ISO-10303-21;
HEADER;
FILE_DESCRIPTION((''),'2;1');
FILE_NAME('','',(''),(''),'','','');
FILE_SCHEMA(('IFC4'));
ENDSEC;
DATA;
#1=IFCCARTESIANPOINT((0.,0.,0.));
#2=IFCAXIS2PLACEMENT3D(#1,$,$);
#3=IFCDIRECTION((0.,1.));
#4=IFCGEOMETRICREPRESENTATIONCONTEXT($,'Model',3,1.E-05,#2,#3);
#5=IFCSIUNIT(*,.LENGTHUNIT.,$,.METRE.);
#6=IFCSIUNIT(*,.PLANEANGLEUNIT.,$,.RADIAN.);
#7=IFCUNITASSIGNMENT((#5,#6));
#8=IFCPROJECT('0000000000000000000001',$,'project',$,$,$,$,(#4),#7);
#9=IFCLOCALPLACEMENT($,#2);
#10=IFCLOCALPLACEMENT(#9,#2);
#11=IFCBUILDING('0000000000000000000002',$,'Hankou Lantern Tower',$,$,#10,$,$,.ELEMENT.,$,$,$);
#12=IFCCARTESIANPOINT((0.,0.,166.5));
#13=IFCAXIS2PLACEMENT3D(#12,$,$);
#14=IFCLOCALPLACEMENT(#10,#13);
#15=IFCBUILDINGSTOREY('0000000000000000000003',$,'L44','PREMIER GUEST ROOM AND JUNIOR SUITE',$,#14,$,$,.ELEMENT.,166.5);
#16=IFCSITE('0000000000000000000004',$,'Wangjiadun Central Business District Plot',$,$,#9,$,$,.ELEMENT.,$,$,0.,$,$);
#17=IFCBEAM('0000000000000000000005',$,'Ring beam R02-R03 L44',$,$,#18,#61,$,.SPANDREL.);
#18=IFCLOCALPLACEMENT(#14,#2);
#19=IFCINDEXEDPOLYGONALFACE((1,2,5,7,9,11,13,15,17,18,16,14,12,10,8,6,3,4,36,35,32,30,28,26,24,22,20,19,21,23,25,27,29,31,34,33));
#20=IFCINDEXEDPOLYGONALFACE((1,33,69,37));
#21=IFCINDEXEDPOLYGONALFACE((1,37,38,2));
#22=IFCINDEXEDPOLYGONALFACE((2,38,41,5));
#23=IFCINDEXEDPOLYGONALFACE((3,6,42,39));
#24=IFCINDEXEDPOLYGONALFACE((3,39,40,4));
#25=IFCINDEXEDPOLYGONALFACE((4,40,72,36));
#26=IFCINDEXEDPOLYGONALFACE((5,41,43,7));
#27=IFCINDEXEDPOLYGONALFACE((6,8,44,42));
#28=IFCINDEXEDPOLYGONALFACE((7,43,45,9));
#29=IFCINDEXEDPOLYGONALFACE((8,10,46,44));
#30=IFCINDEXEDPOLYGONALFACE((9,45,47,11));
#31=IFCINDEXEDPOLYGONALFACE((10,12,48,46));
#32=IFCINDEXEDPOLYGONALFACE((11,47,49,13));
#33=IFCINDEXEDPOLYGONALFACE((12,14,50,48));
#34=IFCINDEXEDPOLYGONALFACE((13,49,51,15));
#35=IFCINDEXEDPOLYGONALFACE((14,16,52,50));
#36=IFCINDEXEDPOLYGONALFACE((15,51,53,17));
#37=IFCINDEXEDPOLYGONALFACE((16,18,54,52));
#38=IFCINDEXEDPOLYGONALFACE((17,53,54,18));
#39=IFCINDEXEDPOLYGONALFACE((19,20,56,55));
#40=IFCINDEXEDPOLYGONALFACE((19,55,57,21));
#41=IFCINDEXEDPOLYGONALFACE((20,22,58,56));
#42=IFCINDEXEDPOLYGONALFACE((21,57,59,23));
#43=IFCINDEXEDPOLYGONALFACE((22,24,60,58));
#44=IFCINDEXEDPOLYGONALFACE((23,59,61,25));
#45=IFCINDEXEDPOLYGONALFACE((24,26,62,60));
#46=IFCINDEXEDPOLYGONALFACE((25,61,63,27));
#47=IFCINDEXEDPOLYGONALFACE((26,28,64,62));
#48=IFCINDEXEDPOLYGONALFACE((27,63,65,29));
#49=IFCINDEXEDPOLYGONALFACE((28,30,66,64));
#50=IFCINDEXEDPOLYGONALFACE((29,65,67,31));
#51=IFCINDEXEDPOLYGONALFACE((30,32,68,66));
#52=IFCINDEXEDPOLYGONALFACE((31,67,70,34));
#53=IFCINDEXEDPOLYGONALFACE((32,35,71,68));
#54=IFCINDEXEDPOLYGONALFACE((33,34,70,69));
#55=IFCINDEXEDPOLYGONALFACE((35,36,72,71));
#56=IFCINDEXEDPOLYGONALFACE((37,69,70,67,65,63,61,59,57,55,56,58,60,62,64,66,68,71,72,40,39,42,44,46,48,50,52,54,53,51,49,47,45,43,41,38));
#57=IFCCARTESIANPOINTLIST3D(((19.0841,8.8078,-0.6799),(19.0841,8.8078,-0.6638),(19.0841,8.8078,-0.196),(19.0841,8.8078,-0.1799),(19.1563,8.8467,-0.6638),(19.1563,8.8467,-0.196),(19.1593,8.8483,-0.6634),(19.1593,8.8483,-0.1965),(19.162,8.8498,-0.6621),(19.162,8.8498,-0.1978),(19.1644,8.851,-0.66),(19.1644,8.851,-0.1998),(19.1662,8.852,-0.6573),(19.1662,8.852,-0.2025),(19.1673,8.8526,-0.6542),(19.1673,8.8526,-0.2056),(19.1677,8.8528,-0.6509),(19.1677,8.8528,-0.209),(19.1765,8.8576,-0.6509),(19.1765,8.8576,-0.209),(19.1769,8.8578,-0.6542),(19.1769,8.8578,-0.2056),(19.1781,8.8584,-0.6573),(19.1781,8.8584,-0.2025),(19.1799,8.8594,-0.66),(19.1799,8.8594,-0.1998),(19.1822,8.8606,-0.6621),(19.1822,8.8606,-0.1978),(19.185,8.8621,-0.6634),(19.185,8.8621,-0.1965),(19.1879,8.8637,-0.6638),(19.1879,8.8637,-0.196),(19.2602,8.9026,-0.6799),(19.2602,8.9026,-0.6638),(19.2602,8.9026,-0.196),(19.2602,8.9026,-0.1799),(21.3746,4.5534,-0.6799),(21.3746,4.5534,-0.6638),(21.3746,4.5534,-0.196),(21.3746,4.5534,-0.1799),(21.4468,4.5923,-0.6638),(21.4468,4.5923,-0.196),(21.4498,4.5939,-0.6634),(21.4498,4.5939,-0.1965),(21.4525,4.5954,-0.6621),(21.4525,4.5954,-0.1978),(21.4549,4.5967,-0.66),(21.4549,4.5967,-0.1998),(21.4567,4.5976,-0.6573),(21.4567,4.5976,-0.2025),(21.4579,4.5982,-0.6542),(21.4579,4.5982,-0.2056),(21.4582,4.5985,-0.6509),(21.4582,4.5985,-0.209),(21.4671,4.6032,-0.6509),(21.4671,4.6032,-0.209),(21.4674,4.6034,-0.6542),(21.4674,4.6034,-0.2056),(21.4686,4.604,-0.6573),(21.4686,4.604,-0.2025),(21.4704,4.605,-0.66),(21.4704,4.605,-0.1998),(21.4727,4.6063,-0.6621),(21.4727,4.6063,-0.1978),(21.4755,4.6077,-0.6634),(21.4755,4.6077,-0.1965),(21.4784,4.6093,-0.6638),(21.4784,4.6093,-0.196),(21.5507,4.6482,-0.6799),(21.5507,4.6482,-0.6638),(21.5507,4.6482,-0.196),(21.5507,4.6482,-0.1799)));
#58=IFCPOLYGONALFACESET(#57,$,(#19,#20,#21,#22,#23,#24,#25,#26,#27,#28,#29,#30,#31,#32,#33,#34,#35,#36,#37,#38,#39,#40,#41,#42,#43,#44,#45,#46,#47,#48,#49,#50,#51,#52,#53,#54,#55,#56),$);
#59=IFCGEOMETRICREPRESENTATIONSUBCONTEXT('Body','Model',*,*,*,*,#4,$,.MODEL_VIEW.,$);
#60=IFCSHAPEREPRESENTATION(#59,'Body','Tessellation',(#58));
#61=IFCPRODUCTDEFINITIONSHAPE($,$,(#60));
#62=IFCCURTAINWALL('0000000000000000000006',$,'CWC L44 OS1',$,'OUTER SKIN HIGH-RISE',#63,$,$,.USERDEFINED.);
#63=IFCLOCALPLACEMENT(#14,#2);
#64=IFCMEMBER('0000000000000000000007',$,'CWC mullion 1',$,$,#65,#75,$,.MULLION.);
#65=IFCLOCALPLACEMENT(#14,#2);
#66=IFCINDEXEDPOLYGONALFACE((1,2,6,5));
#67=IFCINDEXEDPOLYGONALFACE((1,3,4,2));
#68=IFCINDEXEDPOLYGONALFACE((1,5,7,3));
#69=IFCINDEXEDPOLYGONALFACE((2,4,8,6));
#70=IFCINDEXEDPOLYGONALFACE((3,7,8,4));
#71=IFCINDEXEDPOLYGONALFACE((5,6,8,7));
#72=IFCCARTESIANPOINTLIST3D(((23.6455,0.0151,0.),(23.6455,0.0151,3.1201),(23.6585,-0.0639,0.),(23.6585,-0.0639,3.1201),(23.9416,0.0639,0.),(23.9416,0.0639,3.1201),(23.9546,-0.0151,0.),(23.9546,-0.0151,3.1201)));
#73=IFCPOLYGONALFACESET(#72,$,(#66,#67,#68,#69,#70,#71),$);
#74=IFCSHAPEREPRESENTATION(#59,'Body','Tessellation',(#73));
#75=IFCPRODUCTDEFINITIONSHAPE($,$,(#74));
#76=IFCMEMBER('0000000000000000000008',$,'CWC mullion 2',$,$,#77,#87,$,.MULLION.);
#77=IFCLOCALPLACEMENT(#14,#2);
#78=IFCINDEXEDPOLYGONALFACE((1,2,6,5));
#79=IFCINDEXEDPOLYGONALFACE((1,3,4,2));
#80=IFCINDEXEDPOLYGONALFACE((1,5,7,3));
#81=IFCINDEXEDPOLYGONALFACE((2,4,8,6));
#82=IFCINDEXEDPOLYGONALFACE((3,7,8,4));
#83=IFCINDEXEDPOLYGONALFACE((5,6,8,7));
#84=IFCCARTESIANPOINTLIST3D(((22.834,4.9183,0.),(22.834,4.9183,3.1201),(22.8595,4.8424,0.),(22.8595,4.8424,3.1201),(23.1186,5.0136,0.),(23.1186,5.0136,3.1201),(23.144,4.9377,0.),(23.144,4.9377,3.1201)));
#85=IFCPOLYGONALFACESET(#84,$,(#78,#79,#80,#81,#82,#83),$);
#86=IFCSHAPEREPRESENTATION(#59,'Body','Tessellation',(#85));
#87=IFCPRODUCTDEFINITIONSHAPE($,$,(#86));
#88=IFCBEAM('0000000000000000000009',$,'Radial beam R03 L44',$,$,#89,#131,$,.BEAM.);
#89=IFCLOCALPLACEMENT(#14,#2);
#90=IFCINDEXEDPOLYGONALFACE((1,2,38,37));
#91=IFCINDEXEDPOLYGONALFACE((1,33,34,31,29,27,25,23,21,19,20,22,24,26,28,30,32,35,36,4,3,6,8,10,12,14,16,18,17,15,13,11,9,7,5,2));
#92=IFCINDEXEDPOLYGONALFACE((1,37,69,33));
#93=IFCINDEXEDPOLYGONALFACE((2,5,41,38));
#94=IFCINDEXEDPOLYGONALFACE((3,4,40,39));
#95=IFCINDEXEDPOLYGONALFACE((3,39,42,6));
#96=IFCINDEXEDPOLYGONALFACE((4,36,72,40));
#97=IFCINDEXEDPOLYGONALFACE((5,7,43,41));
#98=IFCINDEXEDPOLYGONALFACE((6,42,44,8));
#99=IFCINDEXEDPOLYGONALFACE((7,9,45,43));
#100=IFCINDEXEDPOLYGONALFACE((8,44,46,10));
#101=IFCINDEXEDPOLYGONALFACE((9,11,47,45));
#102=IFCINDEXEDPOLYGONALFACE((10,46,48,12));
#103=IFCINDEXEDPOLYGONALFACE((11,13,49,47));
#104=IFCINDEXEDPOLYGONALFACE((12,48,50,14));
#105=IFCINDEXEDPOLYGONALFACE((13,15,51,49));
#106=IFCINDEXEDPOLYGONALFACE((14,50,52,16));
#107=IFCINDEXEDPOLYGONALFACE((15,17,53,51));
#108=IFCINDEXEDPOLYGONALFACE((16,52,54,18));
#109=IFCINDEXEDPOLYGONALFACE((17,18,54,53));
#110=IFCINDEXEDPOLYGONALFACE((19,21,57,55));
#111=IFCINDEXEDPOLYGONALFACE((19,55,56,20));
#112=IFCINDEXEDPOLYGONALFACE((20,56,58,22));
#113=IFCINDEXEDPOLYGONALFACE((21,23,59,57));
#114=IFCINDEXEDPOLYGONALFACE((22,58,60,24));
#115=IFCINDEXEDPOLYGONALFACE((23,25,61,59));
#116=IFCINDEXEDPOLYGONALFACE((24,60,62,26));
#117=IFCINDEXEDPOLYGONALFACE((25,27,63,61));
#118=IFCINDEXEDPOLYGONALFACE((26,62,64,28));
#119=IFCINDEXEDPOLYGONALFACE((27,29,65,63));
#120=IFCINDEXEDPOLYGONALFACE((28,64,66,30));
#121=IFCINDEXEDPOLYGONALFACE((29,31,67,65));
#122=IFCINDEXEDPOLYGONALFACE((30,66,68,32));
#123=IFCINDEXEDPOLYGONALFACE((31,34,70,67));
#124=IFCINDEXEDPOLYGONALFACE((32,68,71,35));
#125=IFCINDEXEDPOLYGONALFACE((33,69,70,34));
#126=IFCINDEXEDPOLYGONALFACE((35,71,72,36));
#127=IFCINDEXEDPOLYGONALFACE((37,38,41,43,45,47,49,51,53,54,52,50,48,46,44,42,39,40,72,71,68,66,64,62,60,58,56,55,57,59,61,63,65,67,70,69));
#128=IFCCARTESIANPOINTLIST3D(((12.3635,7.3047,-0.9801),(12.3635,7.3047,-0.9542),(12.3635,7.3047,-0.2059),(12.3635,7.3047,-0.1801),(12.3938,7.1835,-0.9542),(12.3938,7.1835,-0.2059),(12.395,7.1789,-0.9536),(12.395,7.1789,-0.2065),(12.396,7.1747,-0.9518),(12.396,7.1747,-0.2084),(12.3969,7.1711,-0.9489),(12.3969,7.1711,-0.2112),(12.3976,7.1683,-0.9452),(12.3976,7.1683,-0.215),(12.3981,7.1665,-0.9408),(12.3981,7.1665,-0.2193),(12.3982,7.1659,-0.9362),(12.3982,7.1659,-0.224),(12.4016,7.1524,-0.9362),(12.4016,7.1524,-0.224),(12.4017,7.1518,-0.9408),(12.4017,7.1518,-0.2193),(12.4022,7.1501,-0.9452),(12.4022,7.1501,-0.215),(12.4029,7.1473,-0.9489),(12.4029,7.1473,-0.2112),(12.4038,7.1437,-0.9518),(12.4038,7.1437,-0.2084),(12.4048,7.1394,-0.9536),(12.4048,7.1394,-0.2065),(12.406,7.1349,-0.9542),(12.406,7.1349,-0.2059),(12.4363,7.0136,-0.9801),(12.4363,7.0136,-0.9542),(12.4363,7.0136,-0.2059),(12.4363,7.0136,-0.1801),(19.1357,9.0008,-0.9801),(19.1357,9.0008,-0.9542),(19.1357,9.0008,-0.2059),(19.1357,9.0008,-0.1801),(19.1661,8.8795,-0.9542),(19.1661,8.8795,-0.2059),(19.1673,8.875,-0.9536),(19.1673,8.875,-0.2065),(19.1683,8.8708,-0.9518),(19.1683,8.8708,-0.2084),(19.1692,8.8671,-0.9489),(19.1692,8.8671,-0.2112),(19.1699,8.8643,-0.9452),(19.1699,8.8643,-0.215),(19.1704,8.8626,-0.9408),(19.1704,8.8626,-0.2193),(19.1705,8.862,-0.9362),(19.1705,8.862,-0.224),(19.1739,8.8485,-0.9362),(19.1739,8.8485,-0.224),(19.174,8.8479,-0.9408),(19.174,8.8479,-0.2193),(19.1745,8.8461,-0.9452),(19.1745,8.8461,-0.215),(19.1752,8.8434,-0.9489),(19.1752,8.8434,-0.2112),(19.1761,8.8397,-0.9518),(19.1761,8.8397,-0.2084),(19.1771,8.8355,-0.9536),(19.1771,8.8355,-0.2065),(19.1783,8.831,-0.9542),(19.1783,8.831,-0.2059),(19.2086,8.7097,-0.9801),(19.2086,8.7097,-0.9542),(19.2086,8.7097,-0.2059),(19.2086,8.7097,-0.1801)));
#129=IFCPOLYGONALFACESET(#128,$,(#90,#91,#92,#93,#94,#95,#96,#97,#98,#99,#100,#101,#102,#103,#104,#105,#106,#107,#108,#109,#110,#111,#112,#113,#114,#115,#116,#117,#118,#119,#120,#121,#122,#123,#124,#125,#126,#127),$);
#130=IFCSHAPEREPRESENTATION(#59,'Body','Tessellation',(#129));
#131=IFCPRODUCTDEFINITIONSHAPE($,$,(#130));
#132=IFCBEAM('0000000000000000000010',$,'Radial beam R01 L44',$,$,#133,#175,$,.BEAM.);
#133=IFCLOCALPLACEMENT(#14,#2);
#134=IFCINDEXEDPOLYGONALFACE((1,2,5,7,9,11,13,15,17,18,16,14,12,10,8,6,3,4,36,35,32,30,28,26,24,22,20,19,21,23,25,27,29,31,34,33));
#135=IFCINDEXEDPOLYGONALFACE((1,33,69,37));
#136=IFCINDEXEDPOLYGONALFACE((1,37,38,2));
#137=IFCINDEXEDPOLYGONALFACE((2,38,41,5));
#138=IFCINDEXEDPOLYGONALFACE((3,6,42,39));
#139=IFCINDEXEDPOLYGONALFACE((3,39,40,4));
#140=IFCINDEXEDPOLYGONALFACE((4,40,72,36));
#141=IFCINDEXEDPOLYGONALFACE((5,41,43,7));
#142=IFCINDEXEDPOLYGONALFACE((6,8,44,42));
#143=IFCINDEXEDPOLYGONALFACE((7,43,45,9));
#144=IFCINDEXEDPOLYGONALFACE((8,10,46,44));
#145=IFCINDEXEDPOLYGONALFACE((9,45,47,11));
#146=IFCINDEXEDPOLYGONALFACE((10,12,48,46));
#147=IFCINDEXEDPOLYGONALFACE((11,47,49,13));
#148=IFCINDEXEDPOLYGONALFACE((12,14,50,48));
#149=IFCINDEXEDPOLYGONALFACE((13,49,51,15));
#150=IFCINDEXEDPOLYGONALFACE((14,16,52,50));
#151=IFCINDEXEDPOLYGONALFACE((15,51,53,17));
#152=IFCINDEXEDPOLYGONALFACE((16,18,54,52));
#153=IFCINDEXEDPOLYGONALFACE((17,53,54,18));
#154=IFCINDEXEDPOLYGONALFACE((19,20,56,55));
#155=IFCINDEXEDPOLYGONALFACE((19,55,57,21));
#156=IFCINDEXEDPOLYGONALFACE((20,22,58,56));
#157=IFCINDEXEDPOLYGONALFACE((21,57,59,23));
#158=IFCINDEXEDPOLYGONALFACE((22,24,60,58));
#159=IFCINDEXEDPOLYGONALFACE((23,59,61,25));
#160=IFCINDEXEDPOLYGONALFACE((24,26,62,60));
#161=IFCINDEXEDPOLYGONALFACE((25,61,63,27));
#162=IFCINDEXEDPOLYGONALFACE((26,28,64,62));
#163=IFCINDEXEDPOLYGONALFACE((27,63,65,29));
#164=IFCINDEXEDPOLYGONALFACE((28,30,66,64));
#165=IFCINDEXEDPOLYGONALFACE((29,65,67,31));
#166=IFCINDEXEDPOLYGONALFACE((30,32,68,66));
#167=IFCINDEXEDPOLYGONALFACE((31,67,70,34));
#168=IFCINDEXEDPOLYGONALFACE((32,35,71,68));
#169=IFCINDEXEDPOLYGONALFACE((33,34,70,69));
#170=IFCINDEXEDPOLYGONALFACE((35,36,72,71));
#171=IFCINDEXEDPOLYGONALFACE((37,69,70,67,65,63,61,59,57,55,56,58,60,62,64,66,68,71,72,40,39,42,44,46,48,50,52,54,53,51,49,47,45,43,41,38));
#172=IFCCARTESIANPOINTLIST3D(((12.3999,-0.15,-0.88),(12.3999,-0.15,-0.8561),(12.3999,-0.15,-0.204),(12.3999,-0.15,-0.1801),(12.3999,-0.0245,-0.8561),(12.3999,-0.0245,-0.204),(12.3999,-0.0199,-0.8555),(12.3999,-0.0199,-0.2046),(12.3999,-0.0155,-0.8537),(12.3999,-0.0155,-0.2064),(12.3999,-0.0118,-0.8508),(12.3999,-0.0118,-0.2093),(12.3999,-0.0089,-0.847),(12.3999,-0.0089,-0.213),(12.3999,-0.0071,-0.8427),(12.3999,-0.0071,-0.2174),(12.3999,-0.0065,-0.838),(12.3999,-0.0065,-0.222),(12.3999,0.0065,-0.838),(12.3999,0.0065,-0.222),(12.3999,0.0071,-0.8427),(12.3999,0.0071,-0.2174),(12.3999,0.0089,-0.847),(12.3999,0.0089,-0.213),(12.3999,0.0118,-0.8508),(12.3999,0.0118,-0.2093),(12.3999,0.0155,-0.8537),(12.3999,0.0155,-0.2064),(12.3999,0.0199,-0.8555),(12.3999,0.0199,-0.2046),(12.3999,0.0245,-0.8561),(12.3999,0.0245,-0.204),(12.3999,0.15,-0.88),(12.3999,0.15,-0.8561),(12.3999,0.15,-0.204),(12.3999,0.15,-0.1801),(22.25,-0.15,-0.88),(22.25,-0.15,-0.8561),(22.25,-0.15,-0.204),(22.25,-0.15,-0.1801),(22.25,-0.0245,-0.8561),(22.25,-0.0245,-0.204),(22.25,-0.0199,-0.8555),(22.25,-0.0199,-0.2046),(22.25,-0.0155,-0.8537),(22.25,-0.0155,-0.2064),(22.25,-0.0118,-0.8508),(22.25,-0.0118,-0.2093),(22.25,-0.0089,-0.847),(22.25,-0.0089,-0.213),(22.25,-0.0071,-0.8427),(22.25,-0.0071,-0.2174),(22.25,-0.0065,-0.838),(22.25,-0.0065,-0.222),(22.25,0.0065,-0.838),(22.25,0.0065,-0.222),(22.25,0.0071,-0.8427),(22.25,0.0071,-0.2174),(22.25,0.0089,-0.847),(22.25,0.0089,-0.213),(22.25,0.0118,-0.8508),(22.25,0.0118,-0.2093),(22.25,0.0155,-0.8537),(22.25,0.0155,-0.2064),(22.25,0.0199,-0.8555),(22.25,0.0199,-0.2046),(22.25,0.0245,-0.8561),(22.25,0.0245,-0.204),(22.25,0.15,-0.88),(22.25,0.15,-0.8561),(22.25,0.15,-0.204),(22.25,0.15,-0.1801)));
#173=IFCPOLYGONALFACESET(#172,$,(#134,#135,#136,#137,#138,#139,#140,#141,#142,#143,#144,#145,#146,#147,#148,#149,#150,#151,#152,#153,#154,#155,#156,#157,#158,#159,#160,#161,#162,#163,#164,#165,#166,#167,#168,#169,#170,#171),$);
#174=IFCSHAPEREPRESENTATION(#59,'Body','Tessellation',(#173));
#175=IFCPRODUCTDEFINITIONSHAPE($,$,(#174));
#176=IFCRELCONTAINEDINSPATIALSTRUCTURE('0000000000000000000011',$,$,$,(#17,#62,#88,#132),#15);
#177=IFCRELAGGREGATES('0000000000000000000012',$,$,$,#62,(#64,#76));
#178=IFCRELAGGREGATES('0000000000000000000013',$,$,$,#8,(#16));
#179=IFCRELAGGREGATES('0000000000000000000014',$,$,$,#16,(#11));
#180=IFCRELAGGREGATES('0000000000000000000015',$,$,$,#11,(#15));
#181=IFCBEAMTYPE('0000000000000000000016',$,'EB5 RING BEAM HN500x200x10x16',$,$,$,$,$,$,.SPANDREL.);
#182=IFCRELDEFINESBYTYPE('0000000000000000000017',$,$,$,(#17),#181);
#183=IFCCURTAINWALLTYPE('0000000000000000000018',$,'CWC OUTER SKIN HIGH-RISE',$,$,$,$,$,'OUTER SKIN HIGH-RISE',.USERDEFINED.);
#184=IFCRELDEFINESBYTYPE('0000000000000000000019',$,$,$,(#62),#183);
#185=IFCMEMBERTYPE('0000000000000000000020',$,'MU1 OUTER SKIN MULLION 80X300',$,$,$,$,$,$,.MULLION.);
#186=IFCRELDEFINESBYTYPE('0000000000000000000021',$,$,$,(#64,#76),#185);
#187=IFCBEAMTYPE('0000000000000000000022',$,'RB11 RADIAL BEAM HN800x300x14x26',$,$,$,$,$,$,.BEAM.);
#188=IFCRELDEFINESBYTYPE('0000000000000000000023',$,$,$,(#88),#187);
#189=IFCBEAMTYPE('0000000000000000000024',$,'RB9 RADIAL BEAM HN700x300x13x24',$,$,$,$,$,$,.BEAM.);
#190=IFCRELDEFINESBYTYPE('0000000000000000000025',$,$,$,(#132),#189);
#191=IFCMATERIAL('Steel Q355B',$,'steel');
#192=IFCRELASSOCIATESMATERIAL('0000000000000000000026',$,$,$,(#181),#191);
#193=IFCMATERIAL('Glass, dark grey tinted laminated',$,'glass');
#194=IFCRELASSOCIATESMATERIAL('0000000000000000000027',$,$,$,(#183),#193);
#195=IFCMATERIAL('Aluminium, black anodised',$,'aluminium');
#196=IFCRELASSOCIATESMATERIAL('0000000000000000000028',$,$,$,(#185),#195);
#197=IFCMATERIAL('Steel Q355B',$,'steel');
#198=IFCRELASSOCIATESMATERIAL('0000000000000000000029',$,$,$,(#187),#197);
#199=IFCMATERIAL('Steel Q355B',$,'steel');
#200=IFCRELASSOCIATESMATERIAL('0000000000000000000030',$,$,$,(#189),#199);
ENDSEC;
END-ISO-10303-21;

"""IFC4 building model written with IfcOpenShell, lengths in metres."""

from ifc_helpers import new_model, si_unit, direction, frame, origin, origin_2d, place, context, subcontext, project, spatial, rectangle, i_section, extrude, material, material_profile, profile_set, type_object, element, aggregate, save


model = new_model("IFC4")

# Units and contexts
model_context = context("Model", 3, precision=1e-05, world=origin(), true_north=direction((0.0, 1.0)))
body_context = subcontext(model_context, "Body", "Model", "MODEL_VIEW")
ifc_project = project(units=[si_unit("LENGTHUNIT", "METRE"), si_unit("PLANEANGLEUNIT", "RADIAN")], contexts=[model_context])

# Site, building, storey
site_placement = place(None, origin())
site = spatial("IfcSite", under=ifc_project, at=site_placement, Name="Wangjiadun Central Business District Plot", CompositionType="ELEMENT", RefElevation=0.0)
building_placement = place(site_placement, origin())
building = spatial("IfcBuilding", under=site, at=building_placement, Name="Hankou Lantern Tower", CompositionType="ELEMENT")
storey_placement = place(building_placement, frame((0.0, 0.0, 166.5)))
storey = spatial("IfcBuildingStorey", under=building, at=storey_placement, Name="L44", Description="PREMIER GUEST ROOM AND JUNIOR SUITE", CompositionType="ELEMENT", Elevation=166.5)

# Beam
ifc_material_1 = material(Name="Steel Q355B", Category="steel")
ifc_material_profile_1 = material_profile(ifc_material_1, i_section(OverallWidth=0.2, OverallDepth=0.5, WebThickness=0.01, FlangeThickness=0.0161, FilletRadius=0.0129, at=origin_2d()), Name="HN500x200x10x16")
ifc_profile_set_1 = profile_set([ifc_material_profile_1], Name="Steel Q355B")
beam_type_1 = type_object("IfcBeamType", Name="EB5 RING BEAM HN500x200x10x16", PredefinedType="SPANDREL", material=ifc_profile_set_1)
beam_1_placement = place(storey_placement, frame((21.4626, 4.6008, -0.4299), z_axis=(-0.474052, 0.880497, 0.0), x_axis=(-0.880497, -0.474052, 0.0)))
element("IfcBeam", 1, at=beam_1_placement, inside=storey, type_object=beam_type_1, Name="Ring beam R02-R03 L44", PredefinedType="SPANDREL", context=body_context, shape_type="SweptSolid", body=[
    extrude(i_section(OverallWidth=0.2, OverallDepth=0.5, WebThickness=0.01, FlangeThickness=0.0161, FilletRadius=0.0129, at=origin_2d()), origin(), (0.0, 0.0, 1.0), 4.8318),
])

# Curtain wall, members
ifc_material_2 = material(Name="Glass, dark grey tinted laminated", Category="glass")
curtain_wall_type = type_object("IfcCurtainWallType", Name="CWC OUTER SKIN HIGH-RISE", ElementType="OUTER SKIN HIGH-RISE", PredefinedType="USERDEFINED", material=ifc_material_2)
curtain_wall_placement = place(storey_placement, origin())
curtain_wall = element("IfcCurtainWall", 2, at=curtain_wall_placement, inside=storey, type_object=curtain_wall_type, Name="CWC L44 OS1", ObjectType="OUTER SKIN HIGH-RISE", PredefinedType="USERDEFINED")
ifc_material_3 = material(Name="Aluminium, black anodised", Category="aluminium")
ifc_material_profile_2 = material_profile(ifc_material_3, rectangle(XDim=0.0801, YDim=0.3, at=origin_2d()), Name="MU1 80X300")
ifc_profile_set_2 = profile_set([ifc_material_profile_2], Name="Aluminium, black anodised")
member_type_1 = type_object("IfcMemberType", Name="MU1 OUTER SKIN MULLION 80X300", PredefinedType="MULLION", material=ifc_profile_set_2)
member_1_placement = place(storey_placement, frame((23.8, 0.0, 0.0), z_axis=(0.0, 0.0, 1.0), x_axis=(-0.162382, 0.986728, 0.0)))
member_1 = element("IfcMember", 3, at=member_1_placement, type_object=member_type_1, Name="CWC mullion 1", PredefinedType="MULLION", context=body_context, shape_type="SweptSolid", body=[
    extrude(rectangle(XDim=0.0801, YDim=0.3, at=origin_2d()), origin(), (0.0, 0.0, 1.0), 3.1201),
])
member_2_placement = place(storey_placement, frame((22.989, 4.928, 0.0), z_axis=(0.0, 0.0, 1.0), x_axis=(-0.317596, 0.948226, 0.0)))
member_2 = element("IfcMember", 4, at=member_2_placement, type_object=member_type_1, Name="CWC mullion 2", PredefinedType="MULLION", context=body_context, shape_type="SweptSolid", body=[
    extrude(rectangle(XDim=0.0801, YDim=0.3, at=origin_2d()), origin(), (0.0, 0.0, 1.0), 3.1201),
])

# Beams
ifc_material_4 = material(Name="Steel Q355B", Category="steel")
ifc_material_profile_3 = material_profile(ifc_material_4, i_section(OverallWidth=0.3, OverallDepth=0.8, WebThickness=0.0139, FlangeThickness=0.0259, FilletRadius=0.0181, at=origin_2d()), Name="HN800x300x14x26")
ifc_profile_set_3 = profile_set([ifc_material_profile_3], Name="Steel Q355B")
beam_type_2 = type_object("IfcBeamType", Name="RB11 RADIAL BEAM HN800x300x14x26", PredefinedType="BEAM", material=ifc_profile_set_3)
beam_2_placement = place(storey_placement, frame((12.3999, 7.1592, -0.5801), z_axis=(0.970042, 0.242939, 0.0), x_axis=(-0.242939, 0.970042, 0.0)))
element("IfcBeam", 5, at=beam_2_placement, inside=storey, type_object=beam_type_2, Name="Radial beam R03 L44", PredefinedType="BEAM", context=body_context, shape_type="SweptSolid", body=[
    extrude(i_section(OverallWidth=0.3, OverallDepth=0.8, WebThickness=0.0139, FlangeThickness=0.0259, FilletRadius=0.0181, at=origin_2d()), origin(), (0.0, 0.0, 1.0), 6.9814),
])
ifc_material_5 = material(Name="Steel Q355B", Category="steel")
ifc_material_profile_4 = material_profile(ifc_material_5, i_section(OverallWidth=0.3, OverallDepth=0.7, WebThickness=0.0129, FlangeThickness=0.0239, FilletRadius=0.0181, at=origin_2d()), Name="HN700x300x13x24")
ifc_profile_set_4 = profile_set([ifc_material_profile_4], Name="Steel Q355B")
beam_type_3 = type_object("IfcBeamType", Name="RB9 RADIAL BEAM HN700x300x13x24", PredefinedType="BEAM", material=ifc_profile_set_4)
beam_3_placement = place(storey_placement, frame((12.3999, 0.0, -0.53), z_axis=(1.0, 0.0, 0.0), x_axis=(0.0, 1.0, 0.0)))
element("IfcBeam", 6, at=beam_3_placement, inside=storey, type_object=beam_type_3, Name="Radial beam R01 L44", PredefinedType="BEAM", context=body_context, shape_type="SweptSolid", body=[
    extrude(i_section(OverallWidth=0.3, OverallDepth=0.7, WebThickness=0.0129, FlangeThickness=0.0239, FilletRadius=0.0181, at=origin_2d()), origin(), (0.0, 0.0, 1.0), 9.8501),
])

aggregate(curtain_wall, [member_1, member_2])

save(model, "model.ifc")
